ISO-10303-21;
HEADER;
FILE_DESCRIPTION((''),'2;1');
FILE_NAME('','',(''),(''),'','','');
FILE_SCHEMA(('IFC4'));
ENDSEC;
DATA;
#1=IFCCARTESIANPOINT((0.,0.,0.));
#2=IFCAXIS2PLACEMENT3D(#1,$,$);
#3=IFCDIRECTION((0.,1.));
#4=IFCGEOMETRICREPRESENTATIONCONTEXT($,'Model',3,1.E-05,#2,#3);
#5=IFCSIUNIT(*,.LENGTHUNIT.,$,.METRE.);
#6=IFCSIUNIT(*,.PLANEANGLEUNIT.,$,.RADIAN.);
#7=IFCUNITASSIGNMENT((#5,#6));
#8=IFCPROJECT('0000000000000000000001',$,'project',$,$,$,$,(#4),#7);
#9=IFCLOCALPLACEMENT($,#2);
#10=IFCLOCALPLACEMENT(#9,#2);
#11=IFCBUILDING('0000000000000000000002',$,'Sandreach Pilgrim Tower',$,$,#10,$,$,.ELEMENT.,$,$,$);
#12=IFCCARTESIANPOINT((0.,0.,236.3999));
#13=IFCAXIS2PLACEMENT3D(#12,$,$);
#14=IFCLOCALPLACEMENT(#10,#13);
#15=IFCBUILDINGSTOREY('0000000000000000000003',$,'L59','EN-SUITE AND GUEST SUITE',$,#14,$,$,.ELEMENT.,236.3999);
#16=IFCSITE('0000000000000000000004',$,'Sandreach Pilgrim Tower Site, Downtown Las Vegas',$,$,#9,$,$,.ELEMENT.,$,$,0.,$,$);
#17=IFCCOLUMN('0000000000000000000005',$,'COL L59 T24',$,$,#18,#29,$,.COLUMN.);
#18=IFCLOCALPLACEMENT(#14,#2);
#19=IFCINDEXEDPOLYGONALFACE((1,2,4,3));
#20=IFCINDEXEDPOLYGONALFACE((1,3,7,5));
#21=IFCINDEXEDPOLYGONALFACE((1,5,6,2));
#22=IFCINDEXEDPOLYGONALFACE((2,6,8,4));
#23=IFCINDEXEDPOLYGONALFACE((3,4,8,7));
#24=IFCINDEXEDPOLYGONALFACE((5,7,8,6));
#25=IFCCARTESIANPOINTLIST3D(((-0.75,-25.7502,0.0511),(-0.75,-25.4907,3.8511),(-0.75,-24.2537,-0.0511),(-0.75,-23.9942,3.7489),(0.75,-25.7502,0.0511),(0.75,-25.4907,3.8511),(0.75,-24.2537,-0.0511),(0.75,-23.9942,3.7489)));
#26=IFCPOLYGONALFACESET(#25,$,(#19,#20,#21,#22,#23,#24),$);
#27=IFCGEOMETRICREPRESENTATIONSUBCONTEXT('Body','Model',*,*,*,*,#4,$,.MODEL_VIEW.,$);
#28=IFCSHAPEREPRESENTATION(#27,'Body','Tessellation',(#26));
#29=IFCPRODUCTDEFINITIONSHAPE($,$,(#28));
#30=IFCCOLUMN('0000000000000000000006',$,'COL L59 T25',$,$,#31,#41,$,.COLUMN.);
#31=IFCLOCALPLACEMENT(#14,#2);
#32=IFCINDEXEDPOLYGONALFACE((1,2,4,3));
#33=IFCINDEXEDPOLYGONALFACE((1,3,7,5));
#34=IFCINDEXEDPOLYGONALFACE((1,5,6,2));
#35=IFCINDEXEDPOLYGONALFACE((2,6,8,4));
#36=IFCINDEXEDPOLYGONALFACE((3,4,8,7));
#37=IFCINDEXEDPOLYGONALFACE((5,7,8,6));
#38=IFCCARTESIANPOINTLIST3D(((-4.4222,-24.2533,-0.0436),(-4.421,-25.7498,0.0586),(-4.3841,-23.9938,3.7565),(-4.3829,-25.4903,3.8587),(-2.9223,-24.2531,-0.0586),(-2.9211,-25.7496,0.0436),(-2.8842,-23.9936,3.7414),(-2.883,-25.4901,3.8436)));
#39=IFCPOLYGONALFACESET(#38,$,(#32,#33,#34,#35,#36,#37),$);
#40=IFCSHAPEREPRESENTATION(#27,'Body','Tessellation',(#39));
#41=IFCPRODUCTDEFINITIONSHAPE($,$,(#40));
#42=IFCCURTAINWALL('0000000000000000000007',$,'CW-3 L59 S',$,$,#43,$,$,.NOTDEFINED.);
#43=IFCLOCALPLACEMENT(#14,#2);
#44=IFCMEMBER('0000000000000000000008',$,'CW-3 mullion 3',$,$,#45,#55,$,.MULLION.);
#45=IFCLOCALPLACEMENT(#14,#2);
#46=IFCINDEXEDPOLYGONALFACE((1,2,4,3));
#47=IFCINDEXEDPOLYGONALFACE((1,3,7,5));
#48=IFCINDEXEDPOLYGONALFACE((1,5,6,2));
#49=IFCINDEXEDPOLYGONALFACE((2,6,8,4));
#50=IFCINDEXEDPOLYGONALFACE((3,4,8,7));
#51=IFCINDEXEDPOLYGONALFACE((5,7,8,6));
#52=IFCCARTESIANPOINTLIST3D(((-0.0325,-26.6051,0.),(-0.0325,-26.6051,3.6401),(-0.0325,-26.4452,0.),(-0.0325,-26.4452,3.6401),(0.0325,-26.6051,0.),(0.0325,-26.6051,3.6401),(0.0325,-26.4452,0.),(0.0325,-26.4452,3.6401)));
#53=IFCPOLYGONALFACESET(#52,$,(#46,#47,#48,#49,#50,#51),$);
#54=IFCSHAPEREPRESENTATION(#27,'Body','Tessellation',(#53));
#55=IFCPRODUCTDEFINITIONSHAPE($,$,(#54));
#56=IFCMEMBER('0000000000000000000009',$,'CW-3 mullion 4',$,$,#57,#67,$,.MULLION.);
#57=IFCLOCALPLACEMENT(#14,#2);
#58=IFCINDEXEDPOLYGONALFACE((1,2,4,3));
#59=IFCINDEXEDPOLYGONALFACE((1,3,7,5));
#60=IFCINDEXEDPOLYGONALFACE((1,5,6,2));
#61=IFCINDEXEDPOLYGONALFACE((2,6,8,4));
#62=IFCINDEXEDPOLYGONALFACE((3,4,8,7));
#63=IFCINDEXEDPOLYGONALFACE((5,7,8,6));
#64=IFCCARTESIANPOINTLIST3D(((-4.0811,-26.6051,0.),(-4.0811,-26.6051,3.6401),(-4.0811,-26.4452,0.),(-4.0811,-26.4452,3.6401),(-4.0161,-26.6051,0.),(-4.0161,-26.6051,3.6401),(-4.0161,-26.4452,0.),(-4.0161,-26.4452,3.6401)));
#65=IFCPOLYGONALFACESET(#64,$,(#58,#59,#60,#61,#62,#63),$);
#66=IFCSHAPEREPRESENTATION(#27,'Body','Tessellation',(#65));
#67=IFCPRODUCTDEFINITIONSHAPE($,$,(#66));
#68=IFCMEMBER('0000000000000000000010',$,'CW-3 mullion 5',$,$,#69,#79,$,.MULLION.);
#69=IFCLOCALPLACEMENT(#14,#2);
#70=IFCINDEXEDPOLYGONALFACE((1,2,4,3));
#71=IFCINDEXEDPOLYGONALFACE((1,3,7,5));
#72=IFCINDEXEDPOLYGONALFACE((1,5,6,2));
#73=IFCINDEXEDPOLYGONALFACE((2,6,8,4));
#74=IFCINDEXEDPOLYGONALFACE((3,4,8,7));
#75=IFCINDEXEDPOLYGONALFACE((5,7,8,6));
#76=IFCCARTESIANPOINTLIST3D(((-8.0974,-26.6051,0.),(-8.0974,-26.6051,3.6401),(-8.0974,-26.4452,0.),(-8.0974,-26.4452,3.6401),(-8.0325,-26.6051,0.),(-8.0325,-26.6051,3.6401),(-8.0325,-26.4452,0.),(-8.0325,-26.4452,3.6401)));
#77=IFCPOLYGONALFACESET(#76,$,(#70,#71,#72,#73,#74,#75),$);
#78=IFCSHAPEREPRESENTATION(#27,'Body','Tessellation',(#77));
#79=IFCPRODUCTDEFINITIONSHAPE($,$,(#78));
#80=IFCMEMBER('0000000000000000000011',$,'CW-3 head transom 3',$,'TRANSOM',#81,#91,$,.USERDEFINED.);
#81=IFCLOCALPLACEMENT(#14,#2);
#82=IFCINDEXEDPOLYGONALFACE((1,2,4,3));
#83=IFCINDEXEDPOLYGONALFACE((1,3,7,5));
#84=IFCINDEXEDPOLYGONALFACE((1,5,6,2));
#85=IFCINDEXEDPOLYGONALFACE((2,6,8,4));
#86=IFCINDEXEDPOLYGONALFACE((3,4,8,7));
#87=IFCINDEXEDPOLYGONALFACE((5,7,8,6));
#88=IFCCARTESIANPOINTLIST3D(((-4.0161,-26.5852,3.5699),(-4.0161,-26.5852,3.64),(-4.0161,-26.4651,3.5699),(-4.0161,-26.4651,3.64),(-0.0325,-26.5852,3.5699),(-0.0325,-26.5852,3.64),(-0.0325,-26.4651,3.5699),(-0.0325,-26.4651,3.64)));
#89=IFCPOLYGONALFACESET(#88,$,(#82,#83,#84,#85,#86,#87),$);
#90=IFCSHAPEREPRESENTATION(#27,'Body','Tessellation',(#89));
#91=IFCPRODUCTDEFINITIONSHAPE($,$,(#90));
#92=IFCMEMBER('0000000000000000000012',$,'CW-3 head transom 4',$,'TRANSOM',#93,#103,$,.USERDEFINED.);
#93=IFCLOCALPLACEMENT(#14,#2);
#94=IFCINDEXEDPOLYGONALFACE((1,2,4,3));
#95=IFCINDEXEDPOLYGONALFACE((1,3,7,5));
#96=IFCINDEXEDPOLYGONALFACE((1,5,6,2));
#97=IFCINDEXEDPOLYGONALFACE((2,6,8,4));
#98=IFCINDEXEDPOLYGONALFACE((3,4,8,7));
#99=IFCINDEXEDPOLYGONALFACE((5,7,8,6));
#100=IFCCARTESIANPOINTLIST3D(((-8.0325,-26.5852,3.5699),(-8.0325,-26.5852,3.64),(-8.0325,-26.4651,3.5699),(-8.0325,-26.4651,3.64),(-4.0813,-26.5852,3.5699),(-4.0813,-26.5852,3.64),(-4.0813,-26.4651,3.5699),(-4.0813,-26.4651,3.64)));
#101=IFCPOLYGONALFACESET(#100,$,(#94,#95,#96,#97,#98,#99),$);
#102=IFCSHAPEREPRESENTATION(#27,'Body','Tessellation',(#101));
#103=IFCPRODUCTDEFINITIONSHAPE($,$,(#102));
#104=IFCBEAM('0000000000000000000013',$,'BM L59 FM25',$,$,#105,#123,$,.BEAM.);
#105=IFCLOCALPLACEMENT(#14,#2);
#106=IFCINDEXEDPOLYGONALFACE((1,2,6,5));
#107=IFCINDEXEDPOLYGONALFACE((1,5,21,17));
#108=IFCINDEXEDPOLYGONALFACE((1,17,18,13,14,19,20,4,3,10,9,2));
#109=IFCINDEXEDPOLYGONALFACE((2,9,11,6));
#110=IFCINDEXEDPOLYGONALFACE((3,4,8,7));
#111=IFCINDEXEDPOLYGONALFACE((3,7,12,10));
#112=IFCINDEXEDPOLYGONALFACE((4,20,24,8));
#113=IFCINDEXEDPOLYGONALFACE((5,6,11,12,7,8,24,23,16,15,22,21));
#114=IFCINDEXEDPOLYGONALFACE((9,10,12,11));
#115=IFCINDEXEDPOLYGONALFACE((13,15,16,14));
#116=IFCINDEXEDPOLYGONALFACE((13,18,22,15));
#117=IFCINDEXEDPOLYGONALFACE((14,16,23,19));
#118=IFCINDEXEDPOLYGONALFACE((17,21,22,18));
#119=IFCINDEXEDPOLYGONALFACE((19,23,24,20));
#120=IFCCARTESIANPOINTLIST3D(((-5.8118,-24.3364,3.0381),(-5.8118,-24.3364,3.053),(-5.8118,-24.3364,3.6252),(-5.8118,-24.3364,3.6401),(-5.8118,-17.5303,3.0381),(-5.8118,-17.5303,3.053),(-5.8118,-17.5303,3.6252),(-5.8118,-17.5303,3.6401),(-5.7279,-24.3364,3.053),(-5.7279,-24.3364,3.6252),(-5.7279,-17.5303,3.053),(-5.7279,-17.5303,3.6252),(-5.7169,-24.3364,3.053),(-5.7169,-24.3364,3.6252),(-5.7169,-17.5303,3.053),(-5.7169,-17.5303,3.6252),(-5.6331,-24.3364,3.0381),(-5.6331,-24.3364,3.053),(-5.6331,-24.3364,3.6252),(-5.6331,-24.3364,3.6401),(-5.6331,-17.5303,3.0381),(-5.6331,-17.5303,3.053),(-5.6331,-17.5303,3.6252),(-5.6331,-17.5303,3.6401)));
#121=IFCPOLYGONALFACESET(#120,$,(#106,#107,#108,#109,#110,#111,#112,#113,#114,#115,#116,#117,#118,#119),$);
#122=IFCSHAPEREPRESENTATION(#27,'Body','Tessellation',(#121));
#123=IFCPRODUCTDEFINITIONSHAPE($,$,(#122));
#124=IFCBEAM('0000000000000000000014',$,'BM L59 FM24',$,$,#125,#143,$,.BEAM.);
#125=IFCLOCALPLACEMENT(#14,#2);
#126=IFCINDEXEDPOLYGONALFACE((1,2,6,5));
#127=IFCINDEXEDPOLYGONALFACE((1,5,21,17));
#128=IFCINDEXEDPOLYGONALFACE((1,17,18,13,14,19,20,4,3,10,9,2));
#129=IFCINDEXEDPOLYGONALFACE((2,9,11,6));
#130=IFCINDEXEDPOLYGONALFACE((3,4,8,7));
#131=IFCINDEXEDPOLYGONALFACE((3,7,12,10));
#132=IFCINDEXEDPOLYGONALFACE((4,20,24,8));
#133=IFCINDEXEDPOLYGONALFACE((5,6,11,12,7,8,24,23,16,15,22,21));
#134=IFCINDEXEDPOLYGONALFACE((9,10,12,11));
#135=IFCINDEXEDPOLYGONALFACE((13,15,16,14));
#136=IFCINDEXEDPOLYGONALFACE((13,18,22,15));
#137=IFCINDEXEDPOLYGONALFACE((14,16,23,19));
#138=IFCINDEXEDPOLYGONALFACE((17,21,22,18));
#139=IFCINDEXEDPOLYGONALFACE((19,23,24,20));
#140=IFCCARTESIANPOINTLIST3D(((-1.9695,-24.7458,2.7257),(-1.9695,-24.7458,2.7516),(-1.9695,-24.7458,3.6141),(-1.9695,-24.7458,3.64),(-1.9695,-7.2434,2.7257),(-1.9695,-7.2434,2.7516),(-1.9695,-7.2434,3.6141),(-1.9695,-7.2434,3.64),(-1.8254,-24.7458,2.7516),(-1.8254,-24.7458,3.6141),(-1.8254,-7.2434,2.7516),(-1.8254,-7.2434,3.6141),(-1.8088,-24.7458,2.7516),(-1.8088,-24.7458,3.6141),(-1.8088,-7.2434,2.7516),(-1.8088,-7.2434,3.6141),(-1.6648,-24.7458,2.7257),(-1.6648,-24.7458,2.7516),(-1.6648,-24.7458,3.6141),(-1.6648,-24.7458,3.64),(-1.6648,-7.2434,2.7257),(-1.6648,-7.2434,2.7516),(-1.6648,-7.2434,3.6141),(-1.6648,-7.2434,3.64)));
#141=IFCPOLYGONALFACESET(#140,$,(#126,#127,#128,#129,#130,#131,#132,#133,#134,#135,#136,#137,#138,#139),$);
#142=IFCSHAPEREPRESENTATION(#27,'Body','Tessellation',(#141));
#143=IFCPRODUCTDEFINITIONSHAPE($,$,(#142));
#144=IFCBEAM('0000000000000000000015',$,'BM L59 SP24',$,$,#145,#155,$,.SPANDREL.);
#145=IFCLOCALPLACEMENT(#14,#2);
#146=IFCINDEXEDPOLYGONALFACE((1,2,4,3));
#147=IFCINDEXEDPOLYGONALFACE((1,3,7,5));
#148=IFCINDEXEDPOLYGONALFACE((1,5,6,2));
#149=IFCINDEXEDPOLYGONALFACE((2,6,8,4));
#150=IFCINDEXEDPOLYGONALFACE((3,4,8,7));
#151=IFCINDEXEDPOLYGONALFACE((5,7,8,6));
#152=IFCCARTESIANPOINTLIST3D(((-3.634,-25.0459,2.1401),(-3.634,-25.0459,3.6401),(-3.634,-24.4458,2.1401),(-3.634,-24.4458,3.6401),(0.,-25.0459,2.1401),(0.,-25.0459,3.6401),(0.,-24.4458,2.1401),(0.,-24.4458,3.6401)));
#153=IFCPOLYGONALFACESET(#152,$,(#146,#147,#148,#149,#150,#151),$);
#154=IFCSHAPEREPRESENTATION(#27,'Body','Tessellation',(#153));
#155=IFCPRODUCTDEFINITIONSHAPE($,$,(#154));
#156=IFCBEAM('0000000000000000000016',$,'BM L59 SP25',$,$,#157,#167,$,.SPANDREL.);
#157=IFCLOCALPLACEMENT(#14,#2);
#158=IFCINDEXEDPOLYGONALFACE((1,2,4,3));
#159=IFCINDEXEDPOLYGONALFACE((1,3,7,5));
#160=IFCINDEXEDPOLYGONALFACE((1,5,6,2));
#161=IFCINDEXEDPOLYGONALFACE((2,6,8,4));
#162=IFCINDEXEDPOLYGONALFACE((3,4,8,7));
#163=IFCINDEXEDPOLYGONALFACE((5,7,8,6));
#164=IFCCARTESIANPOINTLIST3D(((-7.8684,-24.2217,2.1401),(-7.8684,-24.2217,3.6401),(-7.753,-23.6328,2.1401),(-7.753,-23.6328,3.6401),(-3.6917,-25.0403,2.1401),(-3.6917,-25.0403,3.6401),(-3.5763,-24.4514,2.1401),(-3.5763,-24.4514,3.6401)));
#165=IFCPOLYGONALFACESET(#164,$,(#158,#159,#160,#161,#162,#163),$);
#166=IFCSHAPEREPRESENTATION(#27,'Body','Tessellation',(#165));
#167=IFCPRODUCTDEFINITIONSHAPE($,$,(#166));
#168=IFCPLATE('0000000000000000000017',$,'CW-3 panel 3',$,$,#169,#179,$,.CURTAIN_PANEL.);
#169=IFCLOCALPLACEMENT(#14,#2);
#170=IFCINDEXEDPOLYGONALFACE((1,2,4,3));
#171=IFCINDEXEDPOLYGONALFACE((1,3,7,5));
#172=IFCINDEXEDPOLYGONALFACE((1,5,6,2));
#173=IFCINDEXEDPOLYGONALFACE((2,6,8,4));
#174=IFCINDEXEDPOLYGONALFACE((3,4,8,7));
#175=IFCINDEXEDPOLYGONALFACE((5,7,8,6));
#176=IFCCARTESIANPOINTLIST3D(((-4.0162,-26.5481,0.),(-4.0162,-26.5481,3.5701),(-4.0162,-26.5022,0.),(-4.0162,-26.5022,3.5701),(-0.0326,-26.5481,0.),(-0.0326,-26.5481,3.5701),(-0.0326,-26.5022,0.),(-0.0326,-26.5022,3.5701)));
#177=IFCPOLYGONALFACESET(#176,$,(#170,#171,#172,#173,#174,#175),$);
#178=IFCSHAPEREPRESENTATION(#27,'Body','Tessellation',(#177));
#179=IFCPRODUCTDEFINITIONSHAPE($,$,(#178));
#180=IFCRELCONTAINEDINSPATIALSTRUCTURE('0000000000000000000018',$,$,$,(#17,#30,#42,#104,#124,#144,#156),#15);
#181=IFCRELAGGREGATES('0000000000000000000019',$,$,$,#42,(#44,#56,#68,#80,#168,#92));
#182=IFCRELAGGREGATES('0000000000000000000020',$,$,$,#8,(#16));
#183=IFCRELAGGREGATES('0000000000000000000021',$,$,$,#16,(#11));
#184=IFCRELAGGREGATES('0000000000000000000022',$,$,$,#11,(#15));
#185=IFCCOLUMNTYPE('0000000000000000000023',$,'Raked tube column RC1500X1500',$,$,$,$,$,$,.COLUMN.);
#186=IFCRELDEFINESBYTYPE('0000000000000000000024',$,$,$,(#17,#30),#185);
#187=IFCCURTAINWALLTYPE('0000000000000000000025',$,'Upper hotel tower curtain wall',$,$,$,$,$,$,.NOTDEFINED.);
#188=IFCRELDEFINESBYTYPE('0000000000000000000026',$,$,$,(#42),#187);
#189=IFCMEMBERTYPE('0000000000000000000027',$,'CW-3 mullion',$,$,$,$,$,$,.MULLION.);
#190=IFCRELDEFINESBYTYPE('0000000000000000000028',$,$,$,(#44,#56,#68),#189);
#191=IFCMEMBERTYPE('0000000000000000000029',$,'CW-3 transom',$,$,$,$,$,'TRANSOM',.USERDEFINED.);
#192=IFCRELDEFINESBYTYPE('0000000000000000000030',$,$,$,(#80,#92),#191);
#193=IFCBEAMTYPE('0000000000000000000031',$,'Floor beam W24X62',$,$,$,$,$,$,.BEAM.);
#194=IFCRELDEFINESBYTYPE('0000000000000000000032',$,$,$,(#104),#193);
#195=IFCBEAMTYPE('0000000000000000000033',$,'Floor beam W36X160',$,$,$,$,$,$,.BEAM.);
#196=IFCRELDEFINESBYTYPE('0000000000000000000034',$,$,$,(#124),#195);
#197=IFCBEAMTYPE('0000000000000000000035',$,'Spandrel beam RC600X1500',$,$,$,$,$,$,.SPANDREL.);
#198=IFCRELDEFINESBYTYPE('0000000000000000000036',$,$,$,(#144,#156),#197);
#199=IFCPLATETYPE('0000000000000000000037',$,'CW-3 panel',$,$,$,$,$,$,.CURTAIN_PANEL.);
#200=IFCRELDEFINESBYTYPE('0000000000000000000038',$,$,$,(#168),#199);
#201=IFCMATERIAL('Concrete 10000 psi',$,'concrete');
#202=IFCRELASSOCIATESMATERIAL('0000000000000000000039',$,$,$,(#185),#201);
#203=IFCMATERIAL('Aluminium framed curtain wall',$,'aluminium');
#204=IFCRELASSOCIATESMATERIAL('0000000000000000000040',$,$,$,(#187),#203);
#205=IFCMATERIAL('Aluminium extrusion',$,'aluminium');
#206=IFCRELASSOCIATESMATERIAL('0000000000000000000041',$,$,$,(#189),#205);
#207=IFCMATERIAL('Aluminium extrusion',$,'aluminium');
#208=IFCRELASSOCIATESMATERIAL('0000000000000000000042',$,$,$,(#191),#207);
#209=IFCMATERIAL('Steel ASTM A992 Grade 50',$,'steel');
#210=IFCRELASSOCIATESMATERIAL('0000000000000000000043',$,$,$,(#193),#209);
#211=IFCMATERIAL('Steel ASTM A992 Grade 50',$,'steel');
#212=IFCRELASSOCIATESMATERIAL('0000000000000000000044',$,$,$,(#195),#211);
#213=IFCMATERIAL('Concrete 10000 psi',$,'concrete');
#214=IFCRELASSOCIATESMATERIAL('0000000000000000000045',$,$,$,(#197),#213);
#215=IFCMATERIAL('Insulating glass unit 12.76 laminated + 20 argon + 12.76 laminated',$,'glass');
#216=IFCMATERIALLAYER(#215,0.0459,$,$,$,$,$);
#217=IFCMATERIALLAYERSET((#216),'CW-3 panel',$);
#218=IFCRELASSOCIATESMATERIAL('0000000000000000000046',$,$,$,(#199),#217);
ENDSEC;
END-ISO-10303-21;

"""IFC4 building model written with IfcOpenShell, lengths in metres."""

from ifc_helpers import new_model, si_unit, direction, frame, origin, origin_2d, place, context, subcontext, project, spatial, rectangle, i_section, extrude, material, layer, layer_set, material_profile, profile_set, type_object, element, aggregate, save


model = new_model("IFC4")

# Units and contexts
model_context = context("Model", 3, precision=1e-05, world=origin(), true_north=direction((0.0, 1.0)))
body_context = subcontext(model_context, "Body", "Model", "MODEL_VIEW")
ifc_project = project(units=[si_unit("LENGTHUNIT", "METRE"), si_unit("PLANEANGLEUNIT", "RADIAN")], contexts=[model_context])

# Site, building, storey
site_placement = place(None, origin())
site = spatial("IfcSite", under=ifc_project, at=site_placement, Name="Sandreach Pilgrim Tower Site, Downtown Las Vegas", CompositionType="ELEMENT", RefElevation=0.0)
building_placement = place(site_placement, origin())
building = spatial("IfcBuilding", under=site, at=building_placement, Name="Sandreach Pilgrim Tower", CompositionType="ELEMENT")
storey_placement = place(building_placement, frame((0.0, 0.0, 236.3999)))
storey = spatial("IfcBuildingStorey", under=building, at=storey_placement, Name="L59", Description="EN-SUITE AND GUEST SUITE", CompositionType="ELEMENT", Elevation=236.3999)

# Columns
ifc_material_1 = material(Name="Concrete 10000 psi", Category="concrete")
ifc_material_profile_1 = material_profile(ifc_material_1, rectangle(XDim=1.5, YDim=1.5, at=origin_2d()), Name="RC1500X1500")
ifc_profile_set_1 = profile_set([ifc_material_profile_1], Name="Concrete 10000 psi")
column_type = type_object("IfcColumnType", Name="Raked tube column RC1500X1500", PredefinedType="COLUMN", material=ifc_profile_set_1)
column_1_placement = place(storey_placement, frame((0.0, -25.002, 0.0), z_axis=(0.0, 0.068136, 0.997676), x_axis=(0.0, -0.997676, 0.068136)))
element("IfcColumn", 1, at=column_1_placement, inside=storey, type_object=column_type, Name="COL L59 T24", PredefinedType="COLUMN", context=body_context, shape_type="SweptSolid", body=[
    extrude(rectangle(XDim=1.5, YDim=1.5, at=origin_2d()), origin(), (0.0, 0.0, 1.0), 3.8088),
])
column_2_placement = place(storey_placement, frame((-3.6716, -25.0015, 0.0), z_axis=(0.009999, 0.068132, 0.997626), x_axis=(0.000785, -0.997676, 0.068128)))
element("IfcColumn", 2, at=column_2_placement, inside=storey, type_object=column_type, Name="COL L59 T25", PredefinedType="COLUMN", context=body_context, shape_type="SweptSolid", body=[
    extrude(rectangle(XDim=1.5, YDim=1.5, at=origin_2d()), origin(), (0.0, 0.0, 1.0), 3.8091),
])

# Curtain wall, members
ifc_material_2 = material(Name="Aluminium framed curtain wall", Category="aluminium")
curtain_wall_type = type_object("IfcCurtainWallType", Name="Upper hotel tower curtain wall", PredefinedType="NOTDEFINED", material=ifc_material_2)
curtain_wall_placement = place(storey_placement, origin())
curtain_wall = element("IfcCurtainWall", 3, at=curtain_wall_placement, inside=storey, type_object=curtain_wall_type, Name="CW-3 L59 S", PredefinedType="NOTDEFINED")
ifc_material_3 = material(Name="Aluminium extrusion", Category="aluminium")
ifc_material_profile_2 = material_profile(ifc_material_3, rectangle(XDim=0.0649, YDim=0.1599, at=origin_2d()), Name="CW-3M 65X160")
ifc_profile_set_2 = profile_set([ifc_material_profile_2], Name="Aluminium extrusion")
member_type_1 = type_object("IfcMemberType", Name="CW-3 mullion", PredefinedType="MULLION", material=ifc_profile_set_2)
member_1_placement = place(storey_placement, frame((0.0, -26.5251, 0.0), z_axis=(0.0, 0.0, 1.0), x_axis=(-1.0, 0.0, 0.0)))
member_1 = element("IfcMember", 4, at=member_1_placement, type_object=member_type_1, Name="CW-3 mullion 3", PredefinedType="MULLION", context=body_context, shape_type="SweptSolid", body=[
    extrude(rectangle(XDim=0.0649, YDim=0.1599, at=origin_2d()), origin(), (0.0, 0.0, 1.0), 3.6401),
])
member_2_placement = place(storey_placement, frame((-4.0486, -26.5251, 0.0), z_axis=(0.0, 0.0, 1.0), x_axis=(-1.0, 0.0, 0.0)))
member_2 = element("IfcMember", 5, at=member_2_placement, type_object=member_type_1, Name="CW-3 mullion 4", PredefinedType="MULLION", context=body_context, shape_type="SweptSolid", body=[
    extrude(rectangle(XDim=0.0649, YDim=0.1599, at=origin_2d()), origin(), (0.0, 0.0, 1.0), 3.6401),
])
member_3_placement = place(storey_placement, frame((-8.0649, -26.5251, 0.0), z_axis=(0.0, 0.0, 1.0), x_axis=(-1.0, 0.0, 0.0)))
member_3 = element("IfcMember", 6, at=member_3_placement, type_object=member_type_1, Name="CW-3 mullion 5", PredefinedType="MULLION", context=body_context, shape_type="SweptSolid", body=[
    extrude(rectangle(XDim=0.0649, YDim=0.1599, at=origin_2d()), origin(), (0.0, 0.0, 1.0), 3.6401),
])
ifc_material_4 = material(Name="Aluminium extrusion", Category="aluminium")
ifc_material_profile_3 = material_profile(ifc_material_4, rectangle(XDim=0.1201, YDim=0.0701, at=origin_2d()), Name="CW-3T 120X70")
ifc_profile_set_3 = profile_set([ifc_material_profile_3], Name="Aluminium extrusion")
member_type_2 = type_object("IfcMemberType", Name="CW-3 transom", ElementType="TRANSOM", PredefinedType="USERDEFINED", material=ifc_profile_set_3)
member_4_placement = place(storey_placement, frame((-0.0325, -26.5251, 3.605), z_axis=(-1.0, 0.0, 0.0), x_axis=(0.0, -1.0, 0.0)))
member_4 = element("IfcMember", 7, at=member_4_placement, type_object=member_type_2, Name="CW-3 head transom 3", ObjectType="TRANSOM", PredefinedType="USERDEFINED", context=body_context, shape_type="SweptSolid", body=[
    extrude(rectangle(XDim=0.1201, YDim=0.0701, at=origin_2d()), origin(), (0.0, 0.0, 1.0), 3.9836),
])
member_5_placement = place(storey_placement, frame((-4.0813, -26.5251, 3.605), z_axis=(-1.0, 0.0, 0.0), x_axis=(0.0, -1.0, 0.0)))
member_5 = element("IfcMember", 8, at=member_5_placement, type_object=member_type_2, Name="CW-3 head transom 4", ObjectType="TRANSOM", PredefinedType="USERDEFINED", context=body_context, shape_type="SweptSolid", body=[
    extrude(rectangle(XDim=0.1201, YDim=0.0701, at=origin_2d()), origin(), (0.0, 0.0, 1.0), 3.9512),
])

# Beams
ifc_material_5 = material(Name="Steel ASTM A992 Grade 50", Category="steel")
ifc_material_profile_4 = material_profile(ifc_material_5, i_section(OverallWidth=0.1787, OverallDepth=0.6021, WebThickness=0.011, FlangeThickness=0.0149, at=origin_2d()), Name="W24X62")
ifc_profile_set_4 = profile_set([ifc_material_profile_4], Name="Steel ASTM A992 Grade 50")
beam_type_1 = type_object("IfcBeamType", Name="Floor beam W24X62", PredefinedType="BEAM", material=ifc_profile_set_4)
beam_1_placement = place(storey_placement, frame((-5.7224, -24.3364, 3.3391), z_axis=(0.0, 1.0, 0.0), x_axis=(-1.0, 0.0, 0.0)))
element("IfcBeam", 9, at=beam_1_placement, inside=storey, type_object=beam_type_1, Name="BM L59 FM25", PredefinedType="BEAM", context=body_context, shape_type="SweptSolid", body=[
    extrude(i_section(OverallWidth=0.1787, OverallDepth=0.6021, WebThickness=0.011, FlangeThickness=0.0149, at=origin_2d()), origin(), (0.0, 0.0, 1.0), 6.8062),
])
ifc_material_6 = material(Name="Steel ASTM A992 Grade 50", Category="steel")
ifc_material_profile_5 = material_profile(ifc_material_6, i_section(OverallWidth=0.3047, OverallDepth=0.9143, WebThickness=0.0166, FlangeThickness=0.0259, at=origin_2d()), Name="W36X160")
ifc_profile_set_5 = profile_set([ifc_material_profile_5], Name="Steel ASTM A992 Grade 50")
beam_type_2 = type_object("IfcBeamType", Name="Floor beam W36X160", PredefinedType="BEAM", material=ifc_profile_set_5)
beam_2_placement = place(storey_placement, frame((-1.8171, -24.7458, 3.1829), z_axis=(0.0, 1.0, 0.0), x_axis=(-1.0, 0.0, 0.0)))
element("IfcBeam", 10, at=beam_2_placement, inside=storey, type_object=beam_type_2, Name="BM L59 FM24", PredefinedType="BEAM", context=body_context, shape_type="SweptSolid", body=[
    extrude(i_section(OverallWidth=0.3047, OverallDepth=0.9143, WebThickness=0.0166, FlangeThickness=0.0259, at=origin_2d()), origin(), (0.0, 0.0, 1.0), 17.5024),
])
ifc_material_7 = material(Name="Concrete 10000 psi", Category="concrete")
ifc_material_profile_6 = material_profile(ifc_material_7, rectangle(XDim=0.6001, YDim=1.5, at=origin_2d()), Name="RC600X1500")
ifc_profile_set_6 = profile_set([ifc_material_profile_6], Name="Concrete 10000 psi")
beam_type_3 = type_object("IfcBeamType", Name="Spandrel beam RC600X1500", PredefinedType="SPANDREL", material=ifc_profile_set_6)
beam_3_placement = place(storey_placement, frame((0.0, -24.7458, 2.8901), z_axis=(-1.0, 0.0, 0.0), x_axis=(0.0, -1.0, 0.0)))
element("IfcBeam", 11, at=beam_3_placement, inside=storey, type_object=beam_type_3, Name="BM L59 SP24", PredefinedType="SPANDREL", context=body_context, shape_type="SweptSolid", body=[
    extrude(rectangle(XDim=0.6001, YDim=1.5, at=origin_2d()), origin(), (0.0, 0.0, 1.0), 3.634),
])
beam_4_placement = place(storey_placement, frame((-3.634, -24.7458, 2.8901), z_axis=(-0.981328, 0.192342, 0.0), x_axis=(-0.192342, -0.981328, 0.0)))
element("IfcBeam", 12, at=beam_4_placement, inside=storey, type_object=beam_type_3, Name="BM L59 SP25", PredefinedType="SPANDREL", context=body_context, shape_type="SweptSolid", body=[
    extrude(rectangle(XDim=0.6001, YDim=1.5, at=origin_2d()), origin(), (0.0, 0.0, 1.0), 4.2561),
])

# Plate
ifc_material_8 = material(Name="Insulating glass unit 12.76 laminated + 20 argon + 12.76 laminated", Category="glass")
ifc_layer_1 = layer(ifc_material_8, 0.0459)
ifc_layer_set_1 = layer_set([ifc_layer_1], Name="CW-3 panel")
plate_type = type_object("IfcPlateType", Name="CW-3 panel", PredefinedType="CURTAIN_PANEL", material=ifc_layer_set_1)
plate_1_placement = place(storey_placement, frame((-2.0244, -26.5251, 0.0), z_axis=(0.0, 0.0, 1.0), x_axis=(-1.0, 0.0, 0.0)))
plate_1 = element("IfcPlate", 13, at=plate_1_placement, type_object=plate_type, Name="CW-3 panel 3", PredefinedType="CURTAIN_PANEL", context=body_context, shape_type="SweptSolid", body=[
    extrude(rectangle(XDim=3.9836, YDim=0.0459, at=origin_2d()), origin(), (0.0, 0.0, 1.0), 3.5701),
])
aggregate(curtain_wall, [member_1, member_2, member_3, member_4, plate_1, member_5])

save(model, "model.ifc")
